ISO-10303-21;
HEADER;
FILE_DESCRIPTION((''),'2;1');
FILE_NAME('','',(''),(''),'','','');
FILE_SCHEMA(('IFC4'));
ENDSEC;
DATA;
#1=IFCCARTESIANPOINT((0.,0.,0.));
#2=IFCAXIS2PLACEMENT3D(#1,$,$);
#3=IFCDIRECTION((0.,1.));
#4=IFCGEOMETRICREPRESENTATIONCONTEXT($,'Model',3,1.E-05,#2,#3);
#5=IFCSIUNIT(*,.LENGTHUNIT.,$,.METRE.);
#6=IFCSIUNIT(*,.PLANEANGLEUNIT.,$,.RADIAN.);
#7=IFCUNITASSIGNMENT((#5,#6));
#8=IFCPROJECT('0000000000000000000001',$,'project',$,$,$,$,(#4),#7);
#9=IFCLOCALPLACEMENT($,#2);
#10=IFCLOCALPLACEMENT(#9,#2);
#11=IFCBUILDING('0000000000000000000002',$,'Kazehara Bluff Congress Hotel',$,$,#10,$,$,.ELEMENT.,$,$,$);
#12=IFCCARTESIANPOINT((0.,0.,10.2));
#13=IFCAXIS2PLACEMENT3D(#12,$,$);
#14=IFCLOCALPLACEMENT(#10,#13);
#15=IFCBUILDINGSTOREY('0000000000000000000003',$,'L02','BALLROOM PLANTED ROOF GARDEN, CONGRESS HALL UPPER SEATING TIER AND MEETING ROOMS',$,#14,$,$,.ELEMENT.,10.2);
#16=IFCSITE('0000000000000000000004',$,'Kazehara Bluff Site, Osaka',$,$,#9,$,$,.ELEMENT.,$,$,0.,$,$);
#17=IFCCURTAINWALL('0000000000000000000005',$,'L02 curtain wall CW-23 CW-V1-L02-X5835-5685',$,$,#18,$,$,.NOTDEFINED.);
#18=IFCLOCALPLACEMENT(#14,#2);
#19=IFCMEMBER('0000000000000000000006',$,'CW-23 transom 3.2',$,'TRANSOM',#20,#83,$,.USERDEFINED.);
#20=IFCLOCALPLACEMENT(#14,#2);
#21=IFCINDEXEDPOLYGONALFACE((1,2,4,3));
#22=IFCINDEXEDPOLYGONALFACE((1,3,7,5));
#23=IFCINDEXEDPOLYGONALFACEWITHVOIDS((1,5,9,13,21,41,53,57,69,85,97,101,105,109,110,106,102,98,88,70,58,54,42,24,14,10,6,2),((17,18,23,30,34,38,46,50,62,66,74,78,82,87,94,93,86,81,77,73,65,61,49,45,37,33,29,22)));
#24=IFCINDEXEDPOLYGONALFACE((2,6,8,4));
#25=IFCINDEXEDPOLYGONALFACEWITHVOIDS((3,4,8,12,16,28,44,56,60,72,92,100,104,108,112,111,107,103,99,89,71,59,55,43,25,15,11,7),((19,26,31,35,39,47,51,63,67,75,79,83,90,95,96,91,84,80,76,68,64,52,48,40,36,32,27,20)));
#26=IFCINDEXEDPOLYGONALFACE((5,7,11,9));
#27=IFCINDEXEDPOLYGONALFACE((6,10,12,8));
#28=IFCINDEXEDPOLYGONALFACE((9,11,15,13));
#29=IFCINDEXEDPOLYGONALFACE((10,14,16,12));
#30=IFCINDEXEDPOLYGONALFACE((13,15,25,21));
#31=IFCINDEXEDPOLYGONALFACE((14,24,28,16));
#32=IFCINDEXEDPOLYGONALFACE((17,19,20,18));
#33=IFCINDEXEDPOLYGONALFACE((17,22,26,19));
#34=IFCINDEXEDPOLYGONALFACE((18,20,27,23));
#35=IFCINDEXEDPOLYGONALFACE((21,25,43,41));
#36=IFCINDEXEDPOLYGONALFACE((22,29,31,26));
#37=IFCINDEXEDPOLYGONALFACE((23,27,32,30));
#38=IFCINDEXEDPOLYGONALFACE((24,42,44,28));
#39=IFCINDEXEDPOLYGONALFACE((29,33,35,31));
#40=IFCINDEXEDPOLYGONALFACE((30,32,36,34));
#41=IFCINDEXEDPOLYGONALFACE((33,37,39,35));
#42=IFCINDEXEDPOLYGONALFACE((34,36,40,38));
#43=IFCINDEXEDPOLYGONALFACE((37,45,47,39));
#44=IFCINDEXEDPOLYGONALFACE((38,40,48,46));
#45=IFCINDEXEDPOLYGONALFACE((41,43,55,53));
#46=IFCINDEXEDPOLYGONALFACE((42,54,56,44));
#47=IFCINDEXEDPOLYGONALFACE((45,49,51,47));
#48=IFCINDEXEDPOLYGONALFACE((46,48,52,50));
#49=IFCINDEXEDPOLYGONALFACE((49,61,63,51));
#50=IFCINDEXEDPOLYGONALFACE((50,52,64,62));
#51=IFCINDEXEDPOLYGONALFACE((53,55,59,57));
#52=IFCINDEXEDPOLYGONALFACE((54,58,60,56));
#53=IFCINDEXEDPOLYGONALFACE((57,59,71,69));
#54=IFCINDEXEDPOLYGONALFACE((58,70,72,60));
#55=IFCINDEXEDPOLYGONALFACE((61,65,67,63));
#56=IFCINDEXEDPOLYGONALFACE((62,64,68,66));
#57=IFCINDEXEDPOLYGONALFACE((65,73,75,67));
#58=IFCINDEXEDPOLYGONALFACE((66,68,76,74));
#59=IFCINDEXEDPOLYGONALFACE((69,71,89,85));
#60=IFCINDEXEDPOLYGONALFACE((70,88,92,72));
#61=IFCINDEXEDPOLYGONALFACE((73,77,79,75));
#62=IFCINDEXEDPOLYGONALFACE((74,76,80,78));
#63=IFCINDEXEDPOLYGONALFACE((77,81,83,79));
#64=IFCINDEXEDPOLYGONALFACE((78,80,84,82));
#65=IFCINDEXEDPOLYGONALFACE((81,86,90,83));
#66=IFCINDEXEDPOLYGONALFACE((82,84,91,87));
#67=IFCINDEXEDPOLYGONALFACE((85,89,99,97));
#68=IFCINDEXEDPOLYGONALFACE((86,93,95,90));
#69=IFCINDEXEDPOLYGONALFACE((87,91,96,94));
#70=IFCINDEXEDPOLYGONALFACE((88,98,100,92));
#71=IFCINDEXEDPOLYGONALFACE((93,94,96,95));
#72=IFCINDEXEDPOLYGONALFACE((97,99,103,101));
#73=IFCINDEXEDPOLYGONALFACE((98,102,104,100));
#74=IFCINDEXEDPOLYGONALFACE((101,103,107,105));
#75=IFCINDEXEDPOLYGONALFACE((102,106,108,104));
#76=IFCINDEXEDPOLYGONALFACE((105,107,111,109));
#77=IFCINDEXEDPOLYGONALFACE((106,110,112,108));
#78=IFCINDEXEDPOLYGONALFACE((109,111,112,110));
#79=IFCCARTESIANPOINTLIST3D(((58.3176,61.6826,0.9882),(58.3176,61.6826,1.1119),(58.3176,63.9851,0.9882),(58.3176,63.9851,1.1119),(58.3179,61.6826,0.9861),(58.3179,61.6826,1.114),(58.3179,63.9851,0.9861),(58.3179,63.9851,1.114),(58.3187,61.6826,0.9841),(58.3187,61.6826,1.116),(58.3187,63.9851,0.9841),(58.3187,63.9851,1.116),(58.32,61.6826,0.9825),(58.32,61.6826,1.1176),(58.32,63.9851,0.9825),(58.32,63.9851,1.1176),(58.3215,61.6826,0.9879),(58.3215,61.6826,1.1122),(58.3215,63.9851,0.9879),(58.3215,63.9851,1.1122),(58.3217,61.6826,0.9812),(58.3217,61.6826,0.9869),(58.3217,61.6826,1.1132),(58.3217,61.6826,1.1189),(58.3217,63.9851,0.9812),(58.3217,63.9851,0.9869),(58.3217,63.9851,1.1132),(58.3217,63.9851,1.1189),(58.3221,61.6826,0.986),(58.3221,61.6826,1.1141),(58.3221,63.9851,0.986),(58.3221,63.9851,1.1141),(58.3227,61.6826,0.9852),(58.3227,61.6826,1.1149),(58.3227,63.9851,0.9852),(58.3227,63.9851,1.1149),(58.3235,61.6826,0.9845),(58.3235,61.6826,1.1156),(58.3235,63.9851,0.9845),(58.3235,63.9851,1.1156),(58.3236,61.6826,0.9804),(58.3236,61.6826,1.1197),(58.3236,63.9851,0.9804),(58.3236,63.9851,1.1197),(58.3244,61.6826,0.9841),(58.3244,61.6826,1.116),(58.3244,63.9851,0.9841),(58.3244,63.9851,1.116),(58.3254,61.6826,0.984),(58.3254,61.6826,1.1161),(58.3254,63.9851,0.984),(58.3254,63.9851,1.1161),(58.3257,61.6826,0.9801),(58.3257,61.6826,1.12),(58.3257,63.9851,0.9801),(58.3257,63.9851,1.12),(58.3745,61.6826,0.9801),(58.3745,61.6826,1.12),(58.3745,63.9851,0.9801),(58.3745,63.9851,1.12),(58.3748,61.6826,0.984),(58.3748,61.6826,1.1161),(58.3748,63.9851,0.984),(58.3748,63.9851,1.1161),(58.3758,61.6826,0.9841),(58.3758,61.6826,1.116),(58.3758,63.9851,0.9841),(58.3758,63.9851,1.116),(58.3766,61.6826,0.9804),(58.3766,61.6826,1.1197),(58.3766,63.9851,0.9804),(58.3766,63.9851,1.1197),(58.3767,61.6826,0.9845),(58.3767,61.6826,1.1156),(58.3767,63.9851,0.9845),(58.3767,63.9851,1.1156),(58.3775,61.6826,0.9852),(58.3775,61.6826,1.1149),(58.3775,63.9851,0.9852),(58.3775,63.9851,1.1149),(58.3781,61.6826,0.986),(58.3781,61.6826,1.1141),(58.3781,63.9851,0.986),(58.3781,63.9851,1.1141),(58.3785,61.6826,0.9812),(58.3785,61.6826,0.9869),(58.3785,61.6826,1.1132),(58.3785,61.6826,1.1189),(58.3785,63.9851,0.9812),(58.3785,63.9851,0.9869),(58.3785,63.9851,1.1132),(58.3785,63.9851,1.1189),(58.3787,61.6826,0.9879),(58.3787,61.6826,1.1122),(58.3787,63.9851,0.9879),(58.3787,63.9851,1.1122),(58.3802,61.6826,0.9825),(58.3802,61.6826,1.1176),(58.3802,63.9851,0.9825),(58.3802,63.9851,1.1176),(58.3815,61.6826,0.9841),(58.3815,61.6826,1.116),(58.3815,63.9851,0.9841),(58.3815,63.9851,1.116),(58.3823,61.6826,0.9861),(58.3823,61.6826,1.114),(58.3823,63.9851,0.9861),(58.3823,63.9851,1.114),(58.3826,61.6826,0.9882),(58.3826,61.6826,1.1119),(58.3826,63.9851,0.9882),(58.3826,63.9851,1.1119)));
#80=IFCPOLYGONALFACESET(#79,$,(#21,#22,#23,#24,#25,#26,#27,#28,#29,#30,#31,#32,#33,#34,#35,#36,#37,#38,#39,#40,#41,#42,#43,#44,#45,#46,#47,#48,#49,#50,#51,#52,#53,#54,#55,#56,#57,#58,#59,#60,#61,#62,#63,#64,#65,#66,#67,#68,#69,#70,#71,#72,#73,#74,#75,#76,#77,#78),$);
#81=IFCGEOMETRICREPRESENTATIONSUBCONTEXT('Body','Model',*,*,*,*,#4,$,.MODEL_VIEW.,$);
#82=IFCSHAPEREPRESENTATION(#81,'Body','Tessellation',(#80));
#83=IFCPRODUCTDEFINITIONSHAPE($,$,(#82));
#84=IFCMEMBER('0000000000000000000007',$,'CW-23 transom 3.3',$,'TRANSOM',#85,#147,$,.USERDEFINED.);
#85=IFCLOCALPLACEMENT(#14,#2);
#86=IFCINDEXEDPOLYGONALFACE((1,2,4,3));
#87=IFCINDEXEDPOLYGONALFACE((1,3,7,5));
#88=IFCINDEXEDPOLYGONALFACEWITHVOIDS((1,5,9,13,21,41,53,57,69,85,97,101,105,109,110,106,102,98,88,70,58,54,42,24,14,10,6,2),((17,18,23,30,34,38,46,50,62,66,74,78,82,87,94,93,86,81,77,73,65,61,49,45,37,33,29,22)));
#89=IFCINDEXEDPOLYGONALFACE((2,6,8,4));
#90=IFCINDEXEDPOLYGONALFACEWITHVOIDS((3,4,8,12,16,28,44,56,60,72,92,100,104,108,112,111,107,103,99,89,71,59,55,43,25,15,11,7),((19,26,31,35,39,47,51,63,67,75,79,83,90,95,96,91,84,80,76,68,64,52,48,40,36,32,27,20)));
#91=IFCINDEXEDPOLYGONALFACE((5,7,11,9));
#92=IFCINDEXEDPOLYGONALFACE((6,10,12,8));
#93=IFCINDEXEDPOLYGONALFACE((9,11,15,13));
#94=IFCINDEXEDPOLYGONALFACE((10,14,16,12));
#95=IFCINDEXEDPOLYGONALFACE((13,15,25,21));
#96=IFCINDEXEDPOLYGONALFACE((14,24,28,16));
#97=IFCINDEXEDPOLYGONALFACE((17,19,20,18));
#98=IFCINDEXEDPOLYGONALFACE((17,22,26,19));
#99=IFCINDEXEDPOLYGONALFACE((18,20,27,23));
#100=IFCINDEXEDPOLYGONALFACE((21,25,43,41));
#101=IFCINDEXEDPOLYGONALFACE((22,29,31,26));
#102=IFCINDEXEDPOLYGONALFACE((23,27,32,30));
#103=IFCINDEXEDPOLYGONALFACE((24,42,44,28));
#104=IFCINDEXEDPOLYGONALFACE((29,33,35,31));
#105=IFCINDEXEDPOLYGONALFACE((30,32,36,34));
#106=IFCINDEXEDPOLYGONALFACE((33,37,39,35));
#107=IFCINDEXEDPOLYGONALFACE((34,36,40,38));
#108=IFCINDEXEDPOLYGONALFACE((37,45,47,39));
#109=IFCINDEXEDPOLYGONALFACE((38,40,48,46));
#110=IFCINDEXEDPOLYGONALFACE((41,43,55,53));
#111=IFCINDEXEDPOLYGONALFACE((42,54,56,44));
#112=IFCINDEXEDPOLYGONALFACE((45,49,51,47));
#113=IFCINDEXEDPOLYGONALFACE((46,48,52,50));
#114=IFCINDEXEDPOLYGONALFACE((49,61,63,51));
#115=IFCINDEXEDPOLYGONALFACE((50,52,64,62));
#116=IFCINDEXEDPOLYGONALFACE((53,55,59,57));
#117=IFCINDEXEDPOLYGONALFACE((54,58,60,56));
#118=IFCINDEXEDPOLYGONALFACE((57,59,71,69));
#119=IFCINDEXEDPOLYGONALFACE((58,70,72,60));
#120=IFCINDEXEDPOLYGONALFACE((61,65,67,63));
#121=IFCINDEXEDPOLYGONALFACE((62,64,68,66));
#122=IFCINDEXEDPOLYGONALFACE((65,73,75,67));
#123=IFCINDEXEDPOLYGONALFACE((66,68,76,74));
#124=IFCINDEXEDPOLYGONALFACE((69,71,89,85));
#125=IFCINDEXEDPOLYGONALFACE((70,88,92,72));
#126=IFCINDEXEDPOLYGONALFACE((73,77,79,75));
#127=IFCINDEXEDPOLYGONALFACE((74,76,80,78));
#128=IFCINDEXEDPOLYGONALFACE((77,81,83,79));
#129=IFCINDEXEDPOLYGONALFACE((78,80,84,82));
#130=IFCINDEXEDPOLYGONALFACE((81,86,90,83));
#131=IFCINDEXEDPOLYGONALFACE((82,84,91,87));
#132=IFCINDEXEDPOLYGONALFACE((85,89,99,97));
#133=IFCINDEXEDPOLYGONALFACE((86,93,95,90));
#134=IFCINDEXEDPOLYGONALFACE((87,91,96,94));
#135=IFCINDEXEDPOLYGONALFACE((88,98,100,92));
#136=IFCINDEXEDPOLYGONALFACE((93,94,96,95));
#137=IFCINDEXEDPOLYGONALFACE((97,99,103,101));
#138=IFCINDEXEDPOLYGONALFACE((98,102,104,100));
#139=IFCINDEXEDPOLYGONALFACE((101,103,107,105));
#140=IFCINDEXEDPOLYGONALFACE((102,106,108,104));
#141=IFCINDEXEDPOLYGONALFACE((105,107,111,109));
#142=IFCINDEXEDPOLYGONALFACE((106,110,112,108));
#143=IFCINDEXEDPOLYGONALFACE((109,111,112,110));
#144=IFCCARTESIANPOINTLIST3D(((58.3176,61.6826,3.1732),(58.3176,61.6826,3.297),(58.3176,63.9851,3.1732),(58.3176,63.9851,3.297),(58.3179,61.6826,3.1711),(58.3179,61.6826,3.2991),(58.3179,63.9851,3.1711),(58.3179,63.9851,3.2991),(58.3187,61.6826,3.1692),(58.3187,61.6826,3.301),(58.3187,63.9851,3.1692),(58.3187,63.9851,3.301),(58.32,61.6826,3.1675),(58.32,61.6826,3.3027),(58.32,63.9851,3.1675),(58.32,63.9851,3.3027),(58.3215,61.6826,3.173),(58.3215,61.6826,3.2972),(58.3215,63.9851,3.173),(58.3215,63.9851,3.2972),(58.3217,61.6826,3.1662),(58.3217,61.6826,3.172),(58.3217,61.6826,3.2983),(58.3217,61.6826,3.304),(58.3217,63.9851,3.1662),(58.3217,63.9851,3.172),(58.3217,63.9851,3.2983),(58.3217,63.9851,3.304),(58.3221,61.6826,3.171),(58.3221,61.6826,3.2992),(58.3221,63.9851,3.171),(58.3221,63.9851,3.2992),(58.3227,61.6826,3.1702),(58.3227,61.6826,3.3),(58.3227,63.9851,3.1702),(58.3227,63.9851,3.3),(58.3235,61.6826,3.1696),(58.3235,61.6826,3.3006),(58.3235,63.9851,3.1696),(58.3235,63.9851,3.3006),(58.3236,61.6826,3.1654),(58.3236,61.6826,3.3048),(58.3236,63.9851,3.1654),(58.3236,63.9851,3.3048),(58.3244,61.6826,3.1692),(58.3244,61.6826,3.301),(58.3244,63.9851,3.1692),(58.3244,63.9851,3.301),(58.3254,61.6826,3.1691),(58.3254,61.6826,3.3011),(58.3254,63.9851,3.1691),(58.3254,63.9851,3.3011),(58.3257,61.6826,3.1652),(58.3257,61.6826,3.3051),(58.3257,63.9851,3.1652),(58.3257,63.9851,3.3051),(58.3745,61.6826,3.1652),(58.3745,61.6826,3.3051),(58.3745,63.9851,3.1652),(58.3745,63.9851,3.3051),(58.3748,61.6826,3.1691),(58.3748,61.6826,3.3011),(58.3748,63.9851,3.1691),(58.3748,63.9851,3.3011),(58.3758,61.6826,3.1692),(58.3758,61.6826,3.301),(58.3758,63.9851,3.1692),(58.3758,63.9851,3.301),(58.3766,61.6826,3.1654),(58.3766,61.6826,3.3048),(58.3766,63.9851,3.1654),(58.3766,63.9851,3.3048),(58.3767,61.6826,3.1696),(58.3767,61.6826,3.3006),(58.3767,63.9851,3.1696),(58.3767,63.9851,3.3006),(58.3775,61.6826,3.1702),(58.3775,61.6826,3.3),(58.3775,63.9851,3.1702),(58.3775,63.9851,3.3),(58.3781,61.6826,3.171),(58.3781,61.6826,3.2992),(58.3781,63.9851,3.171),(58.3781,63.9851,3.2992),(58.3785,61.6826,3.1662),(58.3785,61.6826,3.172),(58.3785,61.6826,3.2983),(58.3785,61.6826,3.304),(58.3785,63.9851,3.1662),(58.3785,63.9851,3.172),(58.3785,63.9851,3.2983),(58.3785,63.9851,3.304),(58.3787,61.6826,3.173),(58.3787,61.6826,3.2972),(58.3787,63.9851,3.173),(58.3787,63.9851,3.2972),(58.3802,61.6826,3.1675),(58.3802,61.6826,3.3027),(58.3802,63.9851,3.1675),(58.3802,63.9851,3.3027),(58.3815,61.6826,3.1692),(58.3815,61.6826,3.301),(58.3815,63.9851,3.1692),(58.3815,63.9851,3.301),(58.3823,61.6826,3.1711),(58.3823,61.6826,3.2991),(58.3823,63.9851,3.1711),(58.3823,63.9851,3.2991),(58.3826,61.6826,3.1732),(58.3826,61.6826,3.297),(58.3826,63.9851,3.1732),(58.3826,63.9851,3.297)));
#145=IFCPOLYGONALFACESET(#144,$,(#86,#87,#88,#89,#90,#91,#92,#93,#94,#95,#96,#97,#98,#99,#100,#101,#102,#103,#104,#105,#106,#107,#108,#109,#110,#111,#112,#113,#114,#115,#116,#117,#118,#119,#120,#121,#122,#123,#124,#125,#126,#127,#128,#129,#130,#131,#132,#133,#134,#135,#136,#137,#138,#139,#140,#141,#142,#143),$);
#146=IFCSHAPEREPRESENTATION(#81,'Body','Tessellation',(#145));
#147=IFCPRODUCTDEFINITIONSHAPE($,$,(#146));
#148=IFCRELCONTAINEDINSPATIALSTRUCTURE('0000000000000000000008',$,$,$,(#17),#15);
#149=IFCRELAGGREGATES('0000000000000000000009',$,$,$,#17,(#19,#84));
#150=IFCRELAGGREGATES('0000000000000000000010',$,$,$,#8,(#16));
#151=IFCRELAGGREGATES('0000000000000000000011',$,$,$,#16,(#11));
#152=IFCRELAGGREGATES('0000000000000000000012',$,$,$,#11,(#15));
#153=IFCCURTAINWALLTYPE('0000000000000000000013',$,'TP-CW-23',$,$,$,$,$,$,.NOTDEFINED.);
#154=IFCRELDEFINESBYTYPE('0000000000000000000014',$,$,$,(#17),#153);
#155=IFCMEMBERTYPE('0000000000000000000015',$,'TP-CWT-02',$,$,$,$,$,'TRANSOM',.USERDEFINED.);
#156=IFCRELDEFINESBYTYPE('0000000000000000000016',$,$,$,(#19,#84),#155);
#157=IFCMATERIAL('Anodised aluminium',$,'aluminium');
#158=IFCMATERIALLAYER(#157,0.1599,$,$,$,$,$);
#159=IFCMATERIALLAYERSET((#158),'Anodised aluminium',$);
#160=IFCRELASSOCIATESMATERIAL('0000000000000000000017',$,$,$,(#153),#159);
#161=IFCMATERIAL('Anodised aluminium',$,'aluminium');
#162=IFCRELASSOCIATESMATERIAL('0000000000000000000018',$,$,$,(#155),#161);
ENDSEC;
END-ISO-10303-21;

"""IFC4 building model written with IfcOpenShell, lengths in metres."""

from ifc_helpers import new_model, si_unit, direction, frame, origin, origin_2d, place, context, subcontext, project, spatial, hollow_rectangle, extrude, material, layer, layer_set, material_profile, profile_set, type_object, element, aggregate, save


model = new_model("IFC4")

# Units and contexts
model_context = context("Model", 3, precision=1e-05, world=origin(), true_north=direction((0.0, 1.0)))
body_context = subcontext(model_context, "Body", "Model", "MODEL_VIEW")
ifc_project = project(units=[si_unit("LENGTHUNIT", "METRE"), si_unit("PLANEANGLEUNIT", "RADIAN")], contexts=[model_context])

# Site, building, storey
site_placement = place(None, origin())
site = spatial("IfcSite", under=ifc_project, at=site_placement, Name="Kazehara Bluff Site, Osaka", CompositionType="ELEMENT", RefElevation=0.0)
building_placement = place(site_placement, origin())
building = spatial("IfcBuilding", under=site, at=building_placement, Name="Kazehara Bluff Congress Hotel", CompositionType="ELEMENT")
storey_placement = place(building_placement, frame((0.0, 0.0, 10.2)))
storey = spatial("IfcBuildingStorey", under=building, at=storey_placement, Name="L02", Description="BALLROOM PLANTED ROOF GARDEN, CONGRESS HALL UPPER SEATING TIER AND MEETING ROOMS", CompositionType="ELEMENT", Elevation=10.2)

# Curtain wall
ifc_material_1 = material(Name="Anodised aluminium", Category="aluminium")
ifc_layer_1 = layer(ifc_material_1, 0.1599)
ifc_layer_set_1 = layer_set([ifc_layer_1], Name="Anodised aluminium")
curtain_wall_type = type_object("IfcCurtainWallType", Name="TP-CW-23", PredefinedType="NOTDEFINED", material=ifc_layer_set_1)
curtain_wall_1_placement = place(storey_placement, origin())
curtain_wall_1 = element("IfcCurtainWall", 1, at=curtain_wall_1_placement, inside=storey, type_object=curtain_wall_type, Name="L02 curtain wall CW-23 CW-V1-L02-X5835-5685", PredefinedType="NOTDEFINED")

# Members
ifc_material_2 = material(Name="Anodised aluminium", Category="aluminium")
ifc_material_profile_1 = material_profile(ifc_material_2, hollow_rectangle(XDim=0.0649, YDim=0.1399, WallThickness=0.0039, InnerFilletRadius=0.0039, OuterFilletRadius=0.0081, at=origin_2d()))
ifc_profile_set_1 = profile_set([ifc_material_profile_1], Name="Anodised aluminium")
member_type_1 = type_object("IfcMemberType", Name="TP-CWT-02", ElementType="TRANSOM", PredefinedType="USERDEFINED", material=ifc_profile_set_1)
member_1_placement = place(storey_placement, frame((58.3501, 61.6826, 1.05), z_axis=(0.0, 1.0, 0.0), x_axis=(-1.0, 0.0, 0.0)))
member_1 = element("IfcMember", 2, at=member_1_placement, type_object=member_type_1, Name="CW-23 transom 3.2", ObjectType="TRANSOM", PredefinedType="USERDEFINED", context=body_context, shape_type="SweptSolid", body=[
    extrude(hollow_rectangle(XDim=0.0649, YDim=0.1399, WallThickness=0.0039, InnerFilletRadius=0.0039, OuterFilletRadius=0.0081, at=origin_2d()), origin(), (0.0, 0.0, 1.0), 2.3025),
])
member_2_placement = place(storey_placement, frame((58.3501, 61.6826, 3.2351), z_axis=(0.0, 1.0, 0.0), x_axis=(-1.0, 0.0, 0.0)))
member_2 = element("IfcMember", 3, at=member_2_placement, type_object=member_type_1, Name="CW-23 transom 3.3", ObjectType="TRANSOM", PredefinedType="USERDEFINED", context=body_context, shape_type="SweptSolid", body=[
    extrude(hollow_rectangle(XDim=0.0649, YDim=0.1399, WallThickness=0.0039, InnerFilletRadius=0.0039, OuterFilletRadius=0.0081, at=origin_2d()), origin(), (0.0, 0.0, 1.0), 2.3025),
])

aggregate(curtain_wall_1, [member_1, member_2])

save(model, "model.ifc")
